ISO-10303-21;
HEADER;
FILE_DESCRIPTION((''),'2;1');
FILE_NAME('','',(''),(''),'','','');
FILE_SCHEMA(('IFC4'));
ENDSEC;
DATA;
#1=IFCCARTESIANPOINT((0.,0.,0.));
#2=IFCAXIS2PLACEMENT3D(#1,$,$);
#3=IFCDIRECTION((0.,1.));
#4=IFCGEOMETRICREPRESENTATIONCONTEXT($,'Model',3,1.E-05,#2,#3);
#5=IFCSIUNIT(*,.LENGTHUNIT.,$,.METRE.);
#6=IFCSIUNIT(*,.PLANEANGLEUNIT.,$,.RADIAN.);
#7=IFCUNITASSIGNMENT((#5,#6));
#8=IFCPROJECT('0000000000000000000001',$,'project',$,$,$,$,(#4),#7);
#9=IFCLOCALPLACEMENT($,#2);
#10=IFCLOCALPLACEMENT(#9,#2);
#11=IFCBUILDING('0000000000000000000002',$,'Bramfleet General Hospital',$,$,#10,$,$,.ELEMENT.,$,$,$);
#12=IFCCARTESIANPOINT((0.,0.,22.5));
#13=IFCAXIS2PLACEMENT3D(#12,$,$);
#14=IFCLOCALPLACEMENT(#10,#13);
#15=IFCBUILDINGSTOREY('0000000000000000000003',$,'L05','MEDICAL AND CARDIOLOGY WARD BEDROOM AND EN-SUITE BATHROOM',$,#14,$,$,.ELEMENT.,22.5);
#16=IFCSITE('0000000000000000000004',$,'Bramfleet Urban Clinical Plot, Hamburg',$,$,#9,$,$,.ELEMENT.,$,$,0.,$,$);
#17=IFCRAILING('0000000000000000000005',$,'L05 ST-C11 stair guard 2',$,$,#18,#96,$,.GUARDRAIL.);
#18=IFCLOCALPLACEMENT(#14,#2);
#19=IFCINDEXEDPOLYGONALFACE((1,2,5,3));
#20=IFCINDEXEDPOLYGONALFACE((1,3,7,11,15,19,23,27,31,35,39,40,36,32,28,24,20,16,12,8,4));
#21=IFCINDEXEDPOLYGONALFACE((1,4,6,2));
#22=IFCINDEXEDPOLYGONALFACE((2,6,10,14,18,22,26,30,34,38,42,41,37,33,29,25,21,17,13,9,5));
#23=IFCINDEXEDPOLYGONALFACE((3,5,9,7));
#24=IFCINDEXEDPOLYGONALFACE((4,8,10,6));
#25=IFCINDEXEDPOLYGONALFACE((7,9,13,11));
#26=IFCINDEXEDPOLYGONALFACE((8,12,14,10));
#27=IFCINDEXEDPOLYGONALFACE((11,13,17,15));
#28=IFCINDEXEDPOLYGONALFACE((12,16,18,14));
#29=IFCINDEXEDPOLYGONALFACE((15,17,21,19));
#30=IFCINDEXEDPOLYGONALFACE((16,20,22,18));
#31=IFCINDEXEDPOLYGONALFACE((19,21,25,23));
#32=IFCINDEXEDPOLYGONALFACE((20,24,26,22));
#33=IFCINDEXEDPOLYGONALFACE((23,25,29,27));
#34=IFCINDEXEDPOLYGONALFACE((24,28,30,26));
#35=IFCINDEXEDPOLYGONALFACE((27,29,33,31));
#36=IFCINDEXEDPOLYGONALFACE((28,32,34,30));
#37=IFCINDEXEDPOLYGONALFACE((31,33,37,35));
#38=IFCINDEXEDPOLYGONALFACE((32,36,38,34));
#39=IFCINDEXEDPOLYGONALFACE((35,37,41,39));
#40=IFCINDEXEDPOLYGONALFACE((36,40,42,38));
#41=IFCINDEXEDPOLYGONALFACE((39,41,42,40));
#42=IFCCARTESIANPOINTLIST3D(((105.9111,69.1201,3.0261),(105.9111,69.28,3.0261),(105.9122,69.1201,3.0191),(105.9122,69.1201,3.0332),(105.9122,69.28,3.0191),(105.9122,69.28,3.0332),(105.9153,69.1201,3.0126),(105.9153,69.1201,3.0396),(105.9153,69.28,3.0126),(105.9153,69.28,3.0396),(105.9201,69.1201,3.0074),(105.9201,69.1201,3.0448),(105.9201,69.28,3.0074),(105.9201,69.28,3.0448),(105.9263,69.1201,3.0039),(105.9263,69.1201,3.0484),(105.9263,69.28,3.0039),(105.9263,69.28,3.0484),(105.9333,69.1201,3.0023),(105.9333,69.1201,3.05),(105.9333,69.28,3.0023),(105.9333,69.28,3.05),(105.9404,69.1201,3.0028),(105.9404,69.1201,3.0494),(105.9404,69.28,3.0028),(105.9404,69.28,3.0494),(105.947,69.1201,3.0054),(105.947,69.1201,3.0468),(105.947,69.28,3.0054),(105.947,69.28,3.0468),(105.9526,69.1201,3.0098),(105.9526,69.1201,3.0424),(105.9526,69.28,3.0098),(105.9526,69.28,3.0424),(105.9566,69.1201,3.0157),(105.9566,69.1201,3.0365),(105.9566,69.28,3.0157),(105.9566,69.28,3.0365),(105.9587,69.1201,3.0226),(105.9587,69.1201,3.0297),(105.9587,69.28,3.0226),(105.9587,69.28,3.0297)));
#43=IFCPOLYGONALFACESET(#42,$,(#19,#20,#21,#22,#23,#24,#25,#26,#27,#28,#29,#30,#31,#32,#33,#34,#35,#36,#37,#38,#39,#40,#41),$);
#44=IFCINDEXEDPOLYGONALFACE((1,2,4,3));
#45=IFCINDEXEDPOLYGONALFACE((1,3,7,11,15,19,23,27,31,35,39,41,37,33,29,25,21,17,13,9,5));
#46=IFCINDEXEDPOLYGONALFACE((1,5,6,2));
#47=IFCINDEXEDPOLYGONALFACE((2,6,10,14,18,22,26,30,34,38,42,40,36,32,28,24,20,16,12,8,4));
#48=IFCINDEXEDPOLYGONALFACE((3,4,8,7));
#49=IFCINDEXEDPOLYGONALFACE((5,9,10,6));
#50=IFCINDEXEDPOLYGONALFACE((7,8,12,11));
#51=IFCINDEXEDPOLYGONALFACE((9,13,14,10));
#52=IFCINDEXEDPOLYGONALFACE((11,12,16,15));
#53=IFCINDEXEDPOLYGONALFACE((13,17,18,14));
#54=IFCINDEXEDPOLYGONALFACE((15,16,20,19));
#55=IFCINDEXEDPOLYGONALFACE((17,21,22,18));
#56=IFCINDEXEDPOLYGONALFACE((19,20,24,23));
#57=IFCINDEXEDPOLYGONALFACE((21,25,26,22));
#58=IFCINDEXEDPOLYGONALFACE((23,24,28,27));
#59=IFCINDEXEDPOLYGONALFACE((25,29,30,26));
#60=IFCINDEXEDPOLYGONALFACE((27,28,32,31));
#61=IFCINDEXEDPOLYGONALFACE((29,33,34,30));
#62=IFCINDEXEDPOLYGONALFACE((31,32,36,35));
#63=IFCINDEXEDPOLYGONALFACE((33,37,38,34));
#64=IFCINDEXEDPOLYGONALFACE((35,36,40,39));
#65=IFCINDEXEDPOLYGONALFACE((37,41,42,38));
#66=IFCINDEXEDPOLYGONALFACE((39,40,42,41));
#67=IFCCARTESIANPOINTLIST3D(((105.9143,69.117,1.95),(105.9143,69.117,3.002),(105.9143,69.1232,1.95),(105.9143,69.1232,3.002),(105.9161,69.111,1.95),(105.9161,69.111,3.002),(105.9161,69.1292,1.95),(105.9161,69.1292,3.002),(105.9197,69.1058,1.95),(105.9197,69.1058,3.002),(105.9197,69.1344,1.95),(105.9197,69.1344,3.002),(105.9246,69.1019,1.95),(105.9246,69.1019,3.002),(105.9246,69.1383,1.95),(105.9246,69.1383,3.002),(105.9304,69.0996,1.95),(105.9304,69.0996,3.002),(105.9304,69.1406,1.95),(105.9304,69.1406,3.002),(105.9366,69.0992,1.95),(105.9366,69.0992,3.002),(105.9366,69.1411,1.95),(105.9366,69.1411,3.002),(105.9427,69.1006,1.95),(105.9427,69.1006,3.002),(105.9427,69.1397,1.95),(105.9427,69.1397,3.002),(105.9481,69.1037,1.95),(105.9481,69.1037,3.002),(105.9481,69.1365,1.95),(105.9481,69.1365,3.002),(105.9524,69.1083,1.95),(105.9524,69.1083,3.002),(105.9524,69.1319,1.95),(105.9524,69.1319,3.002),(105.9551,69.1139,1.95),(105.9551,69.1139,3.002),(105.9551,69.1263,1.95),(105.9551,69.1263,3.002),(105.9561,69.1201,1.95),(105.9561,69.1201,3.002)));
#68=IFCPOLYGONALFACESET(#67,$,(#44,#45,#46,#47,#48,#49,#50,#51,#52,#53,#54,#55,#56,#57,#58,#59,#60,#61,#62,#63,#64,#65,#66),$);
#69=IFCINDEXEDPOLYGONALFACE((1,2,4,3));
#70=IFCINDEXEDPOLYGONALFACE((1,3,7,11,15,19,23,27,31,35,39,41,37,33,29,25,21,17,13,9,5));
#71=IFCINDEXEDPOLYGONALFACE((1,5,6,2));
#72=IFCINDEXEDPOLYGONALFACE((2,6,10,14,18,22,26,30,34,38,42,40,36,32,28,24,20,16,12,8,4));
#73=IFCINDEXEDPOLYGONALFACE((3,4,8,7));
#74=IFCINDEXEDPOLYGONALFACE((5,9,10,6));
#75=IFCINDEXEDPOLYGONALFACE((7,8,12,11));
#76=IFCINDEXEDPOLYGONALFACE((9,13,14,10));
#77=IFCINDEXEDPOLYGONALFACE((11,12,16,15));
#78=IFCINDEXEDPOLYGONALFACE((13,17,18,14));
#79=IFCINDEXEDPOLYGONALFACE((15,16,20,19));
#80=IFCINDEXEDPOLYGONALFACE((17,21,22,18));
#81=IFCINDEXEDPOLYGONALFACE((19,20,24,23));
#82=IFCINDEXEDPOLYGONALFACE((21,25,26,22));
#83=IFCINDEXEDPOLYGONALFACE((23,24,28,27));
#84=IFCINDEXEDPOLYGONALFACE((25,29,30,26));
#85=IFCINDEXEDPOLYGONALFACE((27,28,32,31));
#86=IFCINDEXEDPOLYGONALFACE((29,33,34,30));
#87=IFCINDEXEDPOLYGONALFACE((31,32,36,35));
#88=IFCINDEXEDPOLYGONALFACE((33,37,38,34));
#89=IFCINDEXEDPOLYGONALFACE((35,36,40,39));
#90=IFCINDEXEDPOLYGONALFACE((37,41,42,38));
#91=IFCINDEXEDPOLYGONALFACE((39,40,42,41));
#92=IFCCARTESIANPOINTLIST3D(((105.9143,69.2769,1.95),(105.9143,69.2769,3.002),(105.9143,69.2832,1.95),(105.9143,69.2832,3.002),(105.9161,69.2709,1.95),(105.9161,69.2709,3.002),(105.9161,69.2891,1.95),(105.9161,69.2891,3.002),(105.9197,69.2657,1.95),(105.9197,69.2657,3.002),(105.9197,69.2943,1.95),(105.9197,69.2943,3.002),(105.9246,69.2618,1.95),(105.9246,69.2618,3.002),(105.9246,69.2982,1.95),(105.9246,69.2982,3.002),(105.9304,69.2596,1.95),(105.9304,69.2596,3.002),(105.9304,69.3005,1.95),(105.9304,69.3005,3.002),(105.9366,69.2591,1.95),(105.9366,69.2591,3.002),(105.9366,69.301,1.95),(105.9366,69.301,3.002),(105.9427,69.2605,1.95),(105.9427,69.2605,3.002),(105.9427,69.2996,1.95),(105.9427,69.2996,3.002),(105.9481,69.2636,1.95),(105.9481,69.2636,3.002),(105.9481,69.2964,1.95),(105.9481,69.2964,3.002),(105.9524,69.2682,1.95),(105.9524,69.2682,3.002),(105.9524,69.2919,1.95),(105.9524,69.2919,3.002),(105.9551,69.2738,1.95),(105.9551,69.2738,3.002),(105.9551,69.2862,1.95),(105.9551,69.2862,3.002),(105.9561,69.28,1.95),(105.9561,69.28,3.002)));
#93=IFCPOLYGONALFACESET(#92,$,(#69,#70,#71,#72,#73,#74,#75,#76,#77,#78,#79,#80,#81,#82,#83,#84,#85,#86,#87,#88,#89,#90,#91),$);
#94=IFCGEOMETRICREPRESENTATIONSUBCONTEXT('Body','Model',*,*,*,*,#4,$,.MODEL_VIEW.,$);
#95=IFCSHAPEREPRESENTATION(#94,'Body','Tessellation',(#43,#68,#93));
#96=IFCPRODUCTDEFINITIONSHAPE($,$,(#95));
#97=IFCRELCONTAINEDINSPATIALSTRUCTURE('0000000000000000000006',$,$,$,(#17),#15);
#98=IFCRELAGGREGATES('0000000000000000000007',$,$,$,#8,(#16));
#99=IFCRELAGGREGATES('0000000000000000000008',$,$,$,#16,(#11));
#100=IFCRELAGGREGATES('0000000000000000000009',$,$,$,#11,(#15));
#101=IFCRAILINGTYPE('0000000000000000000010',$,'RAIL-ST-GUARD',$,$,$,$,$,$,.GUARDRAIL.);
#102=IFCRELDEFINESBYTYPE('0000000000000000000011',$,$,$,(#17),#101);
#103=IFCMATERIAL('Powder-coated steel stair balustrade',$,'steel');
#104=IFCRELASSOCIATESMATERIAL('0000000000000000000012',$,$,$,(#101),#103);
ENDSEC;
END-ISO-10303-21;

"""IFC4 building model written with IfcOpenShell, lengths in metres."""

from ifc_helpers import new_model, si_unit, direction, frame, origin, origin_2d, place, context, subcontext, project, spatial, circle, extrude, material, type_object, element, save


model = new_model("IFC4")

# Units and contexts
model_context = context("Model", 3, precision=1e-05, world=origin(), true_north=direction((0.0, 1.0)))
body_context = subcontext(model_context, "Body", "Model", "MODEL_VIEW")
ifc_project = project(units=[si_unit("LENGTHUNIT", "METRE"), si_unit("PLANEANGLEUNIT", "RADIAN")], contexts=[model_context])

# Site, building, storey
site_placement = place(None, origin())
site = spatial("IfcSite", under=ifc_project, at=site_placement, Name="Bramfleet Urban Clinical Plot, Hamburg", CompositionType="ELEMENT", RefElevation=0.0)
building_placement = place(site_placement, origin())
building = spatial("IfcBuilding", under=site, at=building_placement, Name="Bramfleet General Hospital", CompositionType="ELEMENT")
storey_placement = place(building_placement, frame((0.0, 0.0, 22.5)))
storey = spatial("IfcBuildingStorey", under=building, at=storey_placement, Name="L05", Description="MEDICAL AND CARDIOLOGY WARD BEDROOM AND EN-SUITE BATHROOM", CompositionType="ELEMENT", Elevation=22.5)

# Railing
ifc_material_1 = material(Name="Powder-coated steel stair balustrade", Category="steel")
railing_type_1 = type_object("IfcRailingType", Name="RAIL-ST-GUARD", PredefinedType="GUARDRAIL", material=ifc_material_1)
railing_1_placement = place(storey_placement, frame((105.9351, 69.1201, 1.95)))
element("IfcRailing", 1, at=railing_1_placement, inside=storey, type_object=railing_type_1, Name="L05 ST-C11 stair guard 2", PredefinedType="GUARDRAIL", context=body_context, shape_type="SweptSolid", body=[
    extrude(circle(Radius=0.0239, at=origin_2d()), frame((0.0, 0.0, 1.0762), z_axis=(0.0, 1.0, 0.0), x_axis=(-1.0, 0.0, 0.0)), (0.0, 0.0, 1.0), 0.1599),
    extrude(circle(Radius=0.021, at=origin_2d()), origin(), (0.0, 0.0, 1.0), 1.052),
    extrude(circle(Radius=0.021, at=origin_2d()), frame((0.0, 0.1599, 0.0)), (0.0, 0.0, 1.0), 1.052),
])

save(model, "model.ifc")
